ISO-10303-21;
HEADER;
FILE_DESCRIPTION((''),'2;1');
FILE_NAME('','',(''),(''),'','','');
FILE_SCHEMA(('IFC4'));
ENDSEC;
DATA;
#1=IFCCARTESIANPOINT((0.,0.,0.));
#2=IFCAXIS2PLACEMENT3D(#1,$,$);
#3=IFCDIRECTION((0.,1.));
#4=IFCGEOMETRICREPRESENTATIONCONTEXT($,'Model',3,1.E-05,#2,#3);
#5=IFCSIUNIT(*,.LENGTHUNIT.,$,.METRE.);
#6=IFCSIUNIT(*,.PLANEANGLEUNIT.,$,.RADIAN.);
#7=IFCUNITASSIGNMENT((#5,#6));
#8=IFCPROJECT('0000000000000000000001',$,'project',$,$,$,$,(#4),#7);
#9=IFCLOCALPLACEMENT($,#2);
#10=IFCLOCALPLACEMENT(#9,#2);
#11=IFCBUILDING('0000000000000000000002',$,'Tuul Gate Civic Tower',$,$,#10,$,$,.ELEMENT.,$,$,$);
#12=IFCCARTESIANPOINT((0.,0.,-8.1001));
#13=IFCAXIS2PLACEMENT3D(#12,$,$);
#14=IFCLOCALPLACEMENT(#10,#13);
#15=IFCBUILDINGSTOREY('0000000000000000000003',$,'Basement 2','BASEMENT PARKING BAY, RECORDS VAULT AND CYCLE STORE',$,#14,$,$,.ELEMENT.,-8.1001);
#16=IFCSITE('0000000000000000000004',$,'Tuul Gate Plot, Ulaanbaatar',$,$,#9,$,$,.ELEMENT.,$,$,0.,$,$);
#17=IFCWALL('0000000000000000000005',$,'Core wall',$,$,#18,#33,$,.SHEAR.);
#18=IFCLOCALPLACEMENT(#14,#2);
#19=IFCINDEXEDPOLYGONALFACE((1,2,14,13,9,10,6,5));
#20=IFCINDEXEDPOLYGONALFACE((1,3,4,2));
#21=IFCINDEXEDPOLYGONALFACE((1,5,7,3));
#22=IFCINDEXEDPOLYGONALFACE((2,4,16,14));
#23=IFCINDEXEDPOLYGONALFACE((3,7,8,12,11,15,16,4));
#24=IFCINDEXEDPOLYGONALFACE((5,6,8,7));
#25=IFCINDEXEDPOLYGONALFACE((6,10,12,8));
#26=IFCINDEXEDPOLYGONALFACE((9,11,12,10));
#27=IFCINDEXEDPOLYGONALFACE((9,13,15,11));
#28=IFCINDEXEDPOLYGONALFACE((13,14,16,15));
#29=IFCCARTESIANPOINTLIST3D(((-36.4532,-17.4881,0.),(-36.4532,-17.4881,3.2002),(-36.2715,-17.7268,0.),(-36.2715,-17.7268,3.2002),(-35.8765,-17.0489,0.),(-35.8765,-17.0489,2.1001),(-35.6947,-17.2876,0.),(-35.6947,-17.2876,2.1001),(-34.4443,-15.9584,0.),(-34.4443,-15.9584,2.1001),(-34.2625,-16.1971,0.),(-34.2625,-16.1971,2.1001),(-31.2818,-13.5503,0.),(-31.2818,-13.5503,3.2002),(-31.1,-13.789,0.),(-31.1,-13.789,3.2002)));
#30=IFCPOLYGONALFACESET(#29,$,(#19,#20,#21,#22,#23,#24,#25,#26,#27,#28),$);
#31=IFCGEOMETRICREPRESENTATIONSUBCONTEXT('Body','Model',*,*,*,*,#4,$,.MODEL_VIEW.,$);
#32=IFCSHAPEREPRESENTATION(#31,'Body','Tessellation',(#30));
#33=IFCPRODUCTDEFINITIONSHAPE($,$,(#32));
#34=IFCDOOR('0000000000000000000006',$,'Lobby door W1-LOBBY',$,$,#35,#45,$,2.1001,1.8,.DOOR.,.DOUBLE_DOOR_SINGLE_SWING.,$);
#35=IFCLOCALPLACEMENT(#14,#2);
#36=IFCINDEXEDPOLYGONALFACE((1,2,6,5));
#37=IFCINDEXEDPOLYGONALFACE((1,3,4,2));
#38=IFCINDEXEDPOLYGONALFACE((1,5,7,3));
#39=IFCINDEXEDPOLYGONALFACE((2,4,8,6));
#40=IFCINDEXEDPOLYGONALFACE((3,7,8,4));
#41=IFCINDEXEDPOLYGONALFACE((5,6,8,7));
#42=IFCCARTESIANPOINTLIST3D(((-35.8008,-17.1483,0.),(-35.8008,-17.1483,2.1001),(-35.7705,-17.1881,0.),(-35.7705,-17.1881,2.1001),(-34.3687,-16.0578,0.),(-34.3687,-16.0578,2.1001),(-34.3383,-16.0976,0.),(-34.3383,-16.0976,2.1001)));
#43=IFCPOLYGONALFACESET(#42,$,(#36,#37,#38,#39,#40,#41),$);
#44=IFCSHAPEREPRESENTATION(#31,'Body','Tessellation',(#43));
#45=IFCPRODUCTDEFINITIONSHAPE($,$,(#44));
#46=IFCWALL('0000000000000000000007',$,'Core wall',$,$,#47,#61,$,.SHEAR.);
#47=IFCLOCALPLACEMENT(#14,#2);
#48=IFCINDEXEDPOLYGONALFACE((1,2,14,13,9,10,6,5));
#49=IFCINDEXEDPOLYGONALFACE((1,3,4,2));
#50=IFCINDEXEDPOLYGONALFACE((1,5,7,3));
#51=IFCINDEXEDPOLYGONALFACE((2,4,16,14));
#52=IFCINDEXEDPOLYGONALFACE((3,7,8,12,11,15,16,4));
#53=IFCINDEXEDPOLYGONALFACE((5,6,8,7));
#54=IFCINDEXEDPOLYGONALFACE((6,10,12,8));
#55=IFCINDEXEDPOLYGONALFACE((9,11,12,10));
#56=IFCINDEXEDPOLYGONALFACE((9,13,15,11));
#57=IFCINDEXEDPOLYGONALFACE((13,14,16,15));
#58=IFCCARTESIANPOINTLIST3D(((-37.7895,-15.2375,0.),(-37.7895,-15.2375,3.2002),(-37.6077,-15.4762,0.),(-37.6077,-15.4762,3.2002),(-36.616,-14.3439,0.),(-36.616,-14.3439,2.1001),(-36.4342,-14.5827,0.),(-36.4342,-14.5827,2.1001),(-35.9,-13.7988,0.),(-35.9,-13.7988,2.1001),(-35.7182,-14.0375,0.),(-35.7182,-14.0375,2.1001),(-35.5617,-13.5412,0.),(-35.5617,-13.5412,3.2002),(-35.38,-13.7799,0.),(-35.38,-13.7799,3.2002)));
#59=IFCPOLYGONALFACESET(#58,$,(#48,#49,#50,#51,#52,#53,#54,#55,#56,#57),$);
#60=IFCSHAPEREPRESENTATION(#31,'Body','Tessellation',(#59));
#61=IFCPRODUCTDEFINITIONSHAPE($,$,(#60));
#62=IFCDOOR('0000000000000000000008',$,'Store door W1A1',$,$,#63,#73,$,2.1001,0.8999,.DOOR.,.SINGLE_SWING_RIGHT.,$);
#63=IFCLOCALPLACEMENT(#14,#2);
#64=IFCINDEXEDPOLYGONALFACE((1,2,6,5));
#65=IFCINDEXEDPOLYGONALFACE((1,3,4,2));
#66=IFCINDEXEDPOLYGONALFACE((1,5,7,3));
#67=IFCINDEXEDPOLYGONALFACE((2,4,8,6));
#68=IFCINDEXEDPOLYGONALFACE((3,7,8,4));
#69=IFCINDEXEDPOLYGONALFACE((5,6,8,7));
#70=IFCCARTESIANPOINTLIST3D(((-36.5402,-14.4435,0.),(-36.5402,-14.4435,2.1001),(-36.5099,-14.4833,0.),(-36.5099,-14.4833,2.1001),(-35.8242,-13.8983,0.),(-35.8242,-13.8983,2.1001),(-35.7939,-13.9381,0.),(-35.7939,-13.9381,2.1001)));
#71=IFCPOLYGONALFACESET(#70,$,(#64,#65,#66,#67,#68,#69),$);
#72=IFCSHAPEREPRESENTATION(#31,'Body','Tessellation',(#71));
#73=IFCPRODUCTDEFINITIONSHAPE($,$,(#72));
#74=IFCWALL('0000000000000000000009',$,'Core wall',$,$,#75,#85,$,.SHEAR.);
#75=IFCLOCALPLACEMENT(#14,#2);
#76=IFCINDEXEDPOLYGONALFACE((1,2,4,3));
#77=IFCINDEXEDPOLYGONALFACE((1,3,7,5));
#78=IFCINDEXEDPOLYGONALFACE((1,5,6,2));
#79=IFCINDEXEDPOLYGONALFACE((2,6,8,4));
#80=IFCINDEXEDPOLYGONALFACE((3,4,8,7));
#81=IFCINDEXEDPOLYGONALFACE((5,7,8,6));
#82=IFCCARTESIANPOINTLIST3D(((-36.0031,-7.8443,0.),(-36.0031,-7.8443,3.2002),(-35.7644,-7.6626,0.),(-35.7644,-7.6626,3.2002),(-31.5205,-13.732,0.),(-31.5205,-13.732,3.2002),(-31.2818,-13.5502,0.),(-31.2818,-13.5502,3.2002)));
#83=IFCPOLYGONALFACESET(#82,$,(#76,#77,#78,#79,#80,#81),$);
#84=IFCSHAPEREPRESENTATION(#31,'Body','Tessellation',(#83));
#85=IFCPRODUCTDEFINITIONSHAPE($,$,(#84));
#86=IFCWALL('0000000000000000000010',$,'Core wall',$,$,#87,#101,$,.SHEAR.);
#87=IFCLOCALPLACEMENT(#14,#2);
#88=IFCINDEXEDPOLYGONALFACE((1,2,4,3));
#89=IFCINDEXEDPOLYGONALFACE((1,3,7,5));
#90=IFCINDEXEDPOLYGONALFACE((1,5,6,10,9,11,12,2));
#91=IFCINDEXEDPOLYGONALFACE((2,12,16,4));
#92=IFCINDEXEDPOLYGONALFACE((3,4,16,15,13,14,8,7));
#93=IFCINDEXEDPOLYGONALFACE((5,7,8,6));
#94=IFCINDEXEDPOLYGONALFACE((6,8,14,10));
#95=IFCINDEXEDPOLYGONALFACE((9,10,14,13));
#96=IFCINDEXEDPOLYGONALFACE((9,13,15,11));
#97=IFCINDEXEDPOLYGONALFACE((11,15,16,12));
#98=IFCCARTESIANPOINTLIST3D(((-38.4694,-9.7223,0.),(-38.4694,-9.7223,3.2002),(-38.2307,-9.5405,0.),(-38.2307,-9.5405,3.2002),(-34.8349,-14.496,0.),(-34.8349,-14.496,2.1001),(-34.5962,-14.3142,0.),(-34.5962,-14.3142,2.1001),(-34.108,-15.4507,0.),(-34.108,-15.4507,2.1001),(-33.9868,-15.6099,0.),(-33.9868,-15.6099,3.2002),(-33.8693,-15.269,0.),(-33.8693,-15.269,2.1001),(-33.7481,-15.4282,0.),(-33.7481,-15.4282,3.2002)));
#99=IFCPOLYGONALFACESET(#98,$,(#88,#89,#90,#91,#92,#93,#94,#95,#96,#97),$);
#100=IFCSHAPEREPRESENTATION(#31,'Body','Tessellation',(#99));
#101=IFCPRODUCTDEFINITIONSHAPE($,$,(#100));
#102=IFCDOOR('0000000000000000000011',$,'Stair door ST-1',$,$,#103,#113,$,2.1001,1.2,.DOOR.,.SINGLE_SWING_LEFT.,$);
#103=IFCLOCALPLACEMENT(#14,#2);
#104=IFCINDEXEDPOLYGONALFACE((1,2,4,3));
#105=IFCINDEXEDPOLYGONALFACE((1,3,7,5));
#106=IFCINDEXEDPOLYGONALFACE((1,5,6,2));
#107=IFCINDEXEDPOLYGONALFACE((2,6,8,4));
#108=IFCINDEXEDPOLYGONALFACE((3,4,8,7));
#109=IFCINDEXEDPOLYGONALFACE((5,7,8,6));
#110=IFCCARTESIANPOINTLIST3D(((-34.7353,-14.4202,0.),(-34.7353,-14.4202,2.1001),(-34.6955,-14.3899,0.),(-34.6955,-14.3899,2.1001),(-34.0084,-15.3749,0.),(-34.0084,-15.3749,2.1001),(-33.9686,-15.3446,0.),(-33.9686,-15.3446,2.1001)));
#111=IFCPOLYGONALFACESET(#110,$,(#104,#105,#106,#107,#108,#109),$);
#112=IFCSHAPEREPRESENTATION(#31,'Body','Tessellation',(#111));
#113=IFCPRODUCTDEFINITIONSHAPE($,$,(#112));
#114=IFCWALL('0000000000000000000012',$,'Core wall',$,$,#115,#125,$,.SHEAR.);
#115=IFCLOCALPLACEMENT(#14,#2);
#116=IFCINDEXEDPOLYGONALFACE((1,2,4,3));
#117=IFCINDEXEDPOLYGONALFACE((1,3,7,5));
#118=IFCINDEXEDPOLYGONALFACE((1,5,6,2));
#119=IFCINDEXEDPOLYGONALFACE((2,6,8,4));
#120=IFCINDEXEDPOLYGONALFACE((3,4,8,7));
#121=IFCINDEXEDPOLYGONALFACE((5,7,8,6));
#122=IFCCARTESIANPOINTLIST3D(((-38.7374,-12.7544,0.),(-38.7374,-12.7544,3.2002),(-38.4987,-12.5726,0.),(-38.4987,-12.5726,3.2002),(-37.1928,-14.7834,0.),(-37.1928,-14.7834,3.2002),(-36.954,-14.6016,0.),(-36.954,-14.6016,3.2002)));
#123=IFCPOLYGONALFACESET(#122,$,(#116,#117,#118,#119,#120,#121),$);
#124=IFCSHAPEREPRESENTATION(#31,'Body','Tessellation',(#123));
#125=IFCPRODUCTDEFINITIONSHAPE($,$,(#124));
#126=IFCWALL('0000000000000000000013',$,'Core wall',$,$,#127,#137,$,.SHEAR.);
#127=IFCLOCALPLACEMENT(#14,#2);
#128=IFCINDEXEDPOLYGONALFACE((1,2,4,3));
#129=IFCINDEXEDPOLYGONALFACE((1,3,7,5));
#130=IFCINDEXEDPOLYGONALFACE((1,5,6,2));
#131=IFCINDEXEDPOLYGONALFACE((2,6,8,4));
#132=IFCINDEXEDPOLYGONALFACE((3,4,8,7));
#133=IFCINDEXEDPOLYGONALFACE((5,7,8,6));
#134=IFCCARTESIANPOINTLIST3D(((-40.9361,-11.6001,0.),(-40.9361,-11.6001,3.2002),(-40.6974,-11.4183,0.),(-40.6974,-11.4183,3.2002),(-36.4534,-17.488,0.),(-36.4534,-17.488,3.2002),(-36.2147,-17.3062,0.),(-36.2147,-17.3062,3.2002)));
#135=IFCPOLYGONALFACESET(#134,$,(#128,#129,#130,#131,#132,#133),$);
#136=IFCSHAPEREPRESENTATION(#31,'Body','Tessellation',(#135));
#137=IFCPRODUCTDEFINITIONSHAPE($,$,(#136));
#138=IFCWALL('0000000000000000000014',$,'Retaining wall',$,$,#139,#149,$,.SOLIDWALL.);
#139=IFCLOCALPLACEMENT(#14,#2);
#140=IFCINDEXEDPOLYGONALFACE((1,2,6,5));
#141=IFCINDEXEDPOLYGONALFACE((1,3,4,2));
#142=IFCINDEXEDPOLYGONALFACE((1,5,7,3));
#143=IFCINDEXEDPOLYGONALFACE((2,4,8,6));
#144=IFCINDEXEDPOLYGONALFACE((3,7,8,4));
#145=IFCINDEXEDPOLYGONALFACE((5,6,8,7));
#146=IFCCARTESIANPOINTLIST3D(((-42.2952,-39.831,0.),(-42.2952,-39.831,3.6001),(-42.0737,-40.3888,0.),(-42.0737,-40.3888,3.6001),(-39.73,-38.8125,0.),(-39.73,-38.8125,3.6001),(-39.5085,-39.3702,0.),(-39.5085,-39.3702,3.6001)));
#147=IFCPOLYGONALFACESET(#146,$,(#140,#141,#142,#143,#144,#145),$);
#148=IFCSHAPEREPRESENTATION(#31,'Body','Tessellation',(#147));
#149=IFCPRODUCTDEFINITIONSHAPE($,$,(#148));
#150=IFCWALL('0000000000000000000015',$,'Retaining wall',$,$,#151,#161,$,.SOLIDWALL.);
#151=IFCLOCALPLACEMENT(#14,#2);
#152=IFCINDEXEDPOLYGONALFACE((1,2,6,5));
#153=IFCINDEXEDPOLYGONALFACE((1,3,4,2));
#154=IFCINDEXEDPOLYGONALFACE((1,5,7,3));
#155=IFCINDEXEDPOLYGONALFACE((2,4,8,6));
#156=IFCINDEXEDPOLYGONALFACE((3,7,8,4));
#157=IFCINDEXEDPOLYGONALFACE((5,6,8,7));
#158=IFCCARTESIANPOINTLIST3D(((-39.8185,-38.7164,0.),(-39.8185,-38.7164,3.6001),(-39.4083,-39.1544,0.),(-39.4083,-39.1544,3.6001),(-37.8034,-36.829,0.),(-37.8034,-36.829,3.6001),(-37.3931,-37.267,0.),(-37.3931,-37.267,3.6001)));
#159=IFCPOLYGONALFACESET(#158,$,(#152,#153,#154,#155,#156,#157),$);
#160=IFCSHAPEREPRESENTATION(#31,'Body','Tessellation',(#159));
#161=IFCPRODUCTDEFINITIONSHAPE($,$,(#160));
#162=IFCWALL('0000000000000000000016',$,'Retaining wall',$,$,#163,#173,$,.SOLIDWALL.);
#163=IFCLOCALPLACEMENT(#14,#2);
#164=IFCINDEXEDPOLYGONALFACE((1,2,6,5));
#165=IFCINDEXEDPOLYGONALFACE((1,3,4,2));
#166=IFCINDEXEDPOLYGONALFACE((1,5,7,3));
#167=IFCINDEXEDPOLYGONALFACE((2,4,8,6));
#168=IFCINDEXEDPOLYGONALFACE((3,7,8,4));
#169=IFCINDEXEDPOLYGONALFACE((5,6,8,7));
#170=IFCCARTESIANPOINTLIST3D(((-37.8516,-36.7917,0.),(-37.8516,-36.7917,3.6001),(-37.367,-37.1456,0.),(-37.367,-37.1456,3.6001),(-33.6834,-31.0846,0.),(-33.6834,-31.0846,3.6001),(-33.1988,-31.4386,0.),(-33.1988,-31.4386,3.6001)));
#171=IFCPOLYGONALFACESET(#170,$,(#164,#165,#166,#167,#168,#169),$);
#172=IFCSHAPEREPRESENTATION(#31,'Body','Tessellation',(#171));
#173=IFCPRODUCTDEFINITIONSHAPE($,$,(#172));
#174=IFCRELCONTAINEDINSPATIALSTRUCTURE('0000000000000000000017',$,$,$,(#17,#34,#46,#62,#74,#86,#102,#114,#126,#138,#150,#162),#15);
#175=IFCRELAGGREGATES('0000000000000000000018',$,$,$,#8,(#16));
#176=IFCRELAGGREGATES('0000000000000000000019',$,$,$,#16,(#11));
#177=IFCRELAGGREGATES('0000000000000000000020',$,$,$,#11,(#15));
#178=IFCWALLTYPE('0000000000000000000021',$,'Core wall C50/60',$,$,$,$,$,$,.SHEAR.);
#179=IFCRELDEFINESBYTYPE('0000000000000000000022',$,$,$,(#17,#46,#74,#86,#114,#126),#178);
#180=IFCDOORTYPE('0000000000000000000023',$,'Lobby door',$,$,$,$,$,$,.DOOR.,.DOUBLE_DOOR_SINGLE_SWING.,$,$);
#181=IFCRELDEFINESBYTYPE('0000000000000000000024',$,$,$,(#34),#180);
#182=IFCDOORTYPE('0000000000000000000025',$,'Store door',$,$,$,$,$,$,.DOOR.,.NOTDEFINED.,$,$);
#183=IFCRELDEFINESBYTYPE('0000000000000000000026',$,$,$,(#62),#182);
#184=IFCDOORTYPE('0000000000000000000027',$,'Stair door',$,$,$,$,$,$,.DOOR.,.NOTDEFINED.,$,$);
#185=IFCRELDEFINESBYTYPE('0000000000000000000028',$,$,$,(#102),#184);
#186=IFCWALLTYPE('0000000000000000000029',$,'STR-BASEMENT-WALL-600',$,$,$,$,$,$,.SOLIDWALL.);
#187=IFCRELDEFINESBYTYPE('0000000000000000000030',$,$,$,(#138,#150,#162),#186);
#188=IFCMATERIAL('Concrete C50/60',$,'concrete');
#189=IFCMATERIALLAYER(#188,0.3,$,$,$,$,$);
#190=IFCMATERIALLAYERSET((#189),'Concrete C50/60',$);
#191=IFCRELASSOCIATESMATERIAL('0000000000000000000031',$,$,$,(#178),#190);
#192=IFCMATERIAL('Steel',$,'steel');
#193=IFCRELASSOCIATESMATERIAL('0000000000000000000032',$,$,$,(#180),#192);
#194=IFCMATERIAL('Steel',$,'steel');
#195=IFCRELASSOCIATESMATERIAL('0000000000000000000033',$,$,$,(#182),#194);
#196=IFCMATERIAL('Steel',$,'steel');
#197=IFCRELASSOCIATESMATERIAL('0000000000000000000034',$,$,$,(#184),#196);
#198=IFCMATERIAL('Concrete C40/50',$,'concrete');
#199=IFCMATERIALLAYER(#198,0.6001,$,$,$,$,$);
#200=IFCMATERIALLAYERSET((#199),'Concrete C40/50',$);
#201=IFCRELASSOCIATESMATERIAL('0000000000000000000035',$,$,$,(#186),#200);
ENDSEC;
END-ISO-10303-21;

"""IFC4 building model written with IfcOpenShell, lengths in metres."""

from ifc_helpers import new_model, si_unit, direction, frame, frame_2d, origin, place, context, subcontext, project, spatial, rectangle, extrude, material, layer, layer_set, type_object, element, fill, save


model = new_model("IFC4")

# Units and contexts
model_context = context("Model", 3, precision=1e-05, world=origin(), true_north=direction((0.0, 1.0)))
body_context = subcontext(model_context, "Body", "Model", "MODEL_VIEW")
ifc_project = project(units=[si_unit("LENGTHUNIT", "METRE"), si_unit("PLANEANGLEUNIT", "RADIAN")], contexts=[model_context])

# Site, building, storey
site_placement = place(None, origin())
site = spatial("IfcSite", under=ifc_project, at=site_placement, Name="Tuul Gate Plot, Ulaanbaatar", CompositionType="ELEMENT", RefElevation=0.0)
building_placement = place(site_placement, origin())
building = spatial("IfcBuilding", under=site, at=building_placement, Name="Tuul Gate Civic Tower", CompositionType="ELEMENT")
storey_placement = place(building_placement, frame((0.0, 0.0, -8.1001)))
storey = spatial("IfcBuildingStorey", under=building, at=storey_placement, Name="Basement 2", Description="BASEMENT PARKING BAY, RECORDS VAULT AND CYCLE STORE", CompositionType="ELEMENT", Elevation=-8.1001)

# Walls, openings, doors
ifc_material_1 = material(Name="Concrete C50/60", Category="concrete")
ifc_layer_1 = layer(ifc_material_1, 0.3)
ifc_layer_set_1 = layer_set([ifc_layer_1], Name="Concrete C50/60")
wall_type_1 = type_object("IfcWallType", Name="Core wall C50/60", PredefinedType="SHEAR", material=ifc_layer_set_1)
wall_1_placement = place(storey_placement, frame((-31.1909, -13.6697, 0.0), z_axis=(0.0, 0.0, 1.0), x_axis=(-0.795607, -0.605813, 0.0)))
wall_1 = element("IfcWall", 1, at=wall_1_placement, inside=storey, type_object=wall_type_1, Name="Core wall", PredefinedType="SHEAR", context=body_context, shape_type="SweptSolid", body=[
    extrude(rectangle(XDim=6.5, YDim=0.3, at=frame_2d((3.25, 0.0))), origin(), (0.0, 0.0, 1.0), 3.2002),
])
opening_1_placement = place(wall_1_placement, frame((3.9751, 0.0, 0.0)))
opening_1 = element("IfcOpeningElement", 2, at=opening_1_placement, cuts=wall_1, PredefinedType="OPENING", context=body_context, shape_type="SweptSolid", body=[
    extrude(rectangle(XDim=1.8, YDim=2.1001, at=frame_2d((0.8999, 1.05))), frame((0.0, 0.1602, 0.0), z_axis=(0.0, -1.0, 0.0), x_axis=(1.0, 0.0, 0.0)), (0.0, 0.0, 1.0), 0.3201),
])
ifc_material_2 = material(Name="Steel", Category="steel")
door_type_1 = type_object("IfcDoorType", Name="Lobby door", OperationType="DOUBLE_DOOR_SINGLE_SWING", PredefinedType="DOOR", material=ifc_material_2)
door_1_placement = place(opening_1_placement, origin())
door_1 = element("IfcDoor", 3, at=door_1_placement, inside=storey, type_object=door_type_1, Name="Lobby door W1-LOBBY", OperationType="DOUBLE_DOOR_SINGLE_SWING", OverallHeight=2.1001, OverallWidth=1.8, PredefinedType="DOOR", context=body_context, shape_type="SweptSolid", body=[
    extrude(rectangle(XDim=1.8, YDim=2.1001, at=frame_2d((0.8999, 1.05))), frame((0.0, 0.0249, 0.0), z_axis=(0.0, -1.0, 0.0), x_axis=(1.0, 0.0, 0.0)), (0.0, 0.0, 1.0), 0.05),
])
fill(opening_1, door_1)
wall_2_placement = place(storey_placement, frame((-35.4709, -13.6606, 0.0), z_axis=(0.0, 0.0, 1.0), x_axis=(-0.795616, -0.605802, 0.0)))
wall_2 = element("IfcWall", 4, at=wall_2_placement, inside=storey, type_object=wall_type_1, Name="Core wall", PredefinedType="SHEAR", context=body_context, shape_type="SweptSolid", body=[
    extrude(rectangle(XDim=2.8, YDim=0.3, at=frame_2d((1.3999, 0.0))), origin(), (0.0, 0.0, 1.0), 3.2002),
])
opening_2_placement = place(wall_2_placement, frame((0.425, 0.0, 0.0)))
opening_2 = element("IfcOpeningElement", 5, at=opening_2_placement, cuts=wall_2, PredefinedType="OPENING", context=body_context, shape_type="SweptSolid", body=[
    extrude(rectangle(XDim=0.8999, YDim=2.1001, at=frame_2d((0.45, 1.05))), frame((0.0, 0.1602, 0.0), z_axis=(0.0, -1.0, 0.0), x_axis=(1.0, 0.0, 0.0)), (0.0, 0.0, 1.0), 0.3201),
])
ifc_material_3 = material(Name="Steel", Category="steel")
door_type_2 = type_object("IfcDoorType", Name="Store door", OperationType="NOTDEFINED", PredefinedType="DOOR", material=ifc_material_3)
door_2_placement = place(opening_2_placement, frame((0.8999, 0.0, 0.0), z_axis=(0.0, 0.0, 1.0), x_axis=(-1.0, 0.0, 0.0)))
door_2 = element("IfcDoor", 6, at=door_2_placement, inside=storey, type_object=door_type_2, Name="Store door W1A1", OperationType="SINGLE_SWING_RIGHT", OverallHeight=2.1001, OverallWidth=0.8999, PredefinedType="DOOR", context=body_context, shape_type="SweptSolid", body=[
    extrude(rectangle(XDim=0.8999, YDim=2.1001, at=frame_2d((0.45, 1.05))), frame((0.0, 0.0249, 0.0), z_axis=(0.0, -1.0, 0.0), x_axis=(1.0, 0.0, 0.0)), (0.0, 0.0, 1.0), 0.05),
])
fill(opening_2, door_2)

# Wall
wall_3_placement = place(storey_placement, frame((-31.4011, -13.6411, 0.0), z_axis=(0.0, 0.0, 1.0), x_axis=(-0.60577, 0.79564, 0.0)))
element("IfcWall", 7, at=wall_3_placement, inside=storey, type_object=wall_type_1, Name="Core wall", PredefinedType="SHEAR", context=body_context, shape_type="SweptSolid", body=[
    extrude(rectangle(XDim=7.3999, YDim=0.3, at=frame_2d((3.7, 0.0))), origin(), (0.0, 0.0, 1.0), 3.2002),
])

# Wall, opening, door
wall_4_placement = place(storey_placement, frame((-33.8674, -15.519, 0.0), z_axis=(0.0, 0.0, 1.0), x_axis=(-0.60577, 0.79564, 0.0)))
wall_4 = element("IfcWall", 8, at=wall_4_placement, inside=storey, type_object=wall_type_1, Name="Core wall", PredefinedType="SHEAR", context=body_context, shape_type="SweptSolid", body=[
    extrude(rectangle(XDim=7.3999, YDim=0.3, at=frame_2d((3.7, 0.0))), origin(), (0.0, 0.0, 1.0), 3.2002),
])
opening_3_placement = place(wall_4_placement, frame((0.2, 0.0, 0.0)))
opening_3 = element("IfcOpeningElement", 9, at=opening_3_placement, cuts=wall_4, PredefinedType="OPENING", context=body_context, shape_type="SweptSolid", body=[
    extrude(rectangle(XDim=1.2, YDim=2.1001, at=frame_2d((0.6001, 1.05))), frame((0.0, 0.1602, 0.0), z_axis=(0.0, -1.0, 0.0), x_axis=(1.0, 0.0, 0.0)), (0.0, 0.0, 1.0), 0.3201),
])
ifc_material_4 = material(Name="Steel", Category="steel")
door_type_3 = type_object("IfcDoorType", Name="Stair door", OperationType="NOTDEFINED", PredefinedType="DOOR", material=ifc_material_4)
door_3_placement = place(opening_3_placement, origin())
door_3 = element("IfcDoor", 10, at=door_3_placement, inside=storey, type_object=door_type_3, Name="Stair door ST-1", OperationType="SINGLE_SWING_LEFT", OverallHeight=2.1001, OverallWidth=1.2, PredefinedType="DOOR", context=body_context, shape_type="SweptSolid", body=[
    extrude(rectangle(XDim=1.2, YDim=2.1001, at=frame_2d((0.6001, 1.05))), frame((0.0, 0.0249, 0.0), z_axis=(0.0, -1.0, 0.0), x_axis=(1.0, 0.0, 0.0)), (0.0, 0.0, 1.0), 0.05),
])
fill(opening_3, door_3)

# Walls
wall_5_placement = place(storey_placement, frame((-37.0735, -14.6924, 0.0), z_axis=(0.0, 0.0, 1.0), x_axis=(-0.605729, 0.795671, 0.0)))
element("IfcWall", 11, at=wall_5_placement, inside=storey, type_object=wall_type_1, Name="Core wall", PredefinedType="SHEAR", context=body_context, shape_type="SweptSolid", body=[
    extrude(rectangle(XDim=2.55, YDim=0.3, at=frame_2d((1.2749, 0.0))), origin(), (0.0, 0.0, 1.0), 3.2002),
])
wall_6_placement = place(storey_placement, frame((-36.334, -17.3972, 0.0), z_axis=(0.0, 0.0, 1.0), x_axis=(-0.605754, 0.795652, 0.0)))
element("IfcWall", 12, at=wall_6_placement, inside=storey, type_object=wall_type_1, Name="Core wall", PredefinedType="SHEAR", context=body_context, shape_type="SweptSolid", body=[
    extrude(rectangle(XDim=7.4001, YDim=0.3, at=frame_2d((3.7002, 0.0))), origin(), (0.0, 0.0, 1.0), 3.2002),
])
ifc_material_5 = material(Name="Concrete C40/50", Category="concrete")
ifc_layer_2 = layer(ifc_material_5, 0.6001)
ifc_layer_set_2 = layer_set([ifc_layer_2], Name="Concrete C40/50")
wall_type_2 = type_object("IfcWallType", Name="STR-BASEMENT-WALL-600", PredefinedType="SOLIDWALL", material=ifc_layer_set_2)
wall_7_placement = place(storey_placement, frame((-42.1843, -40.1099, 0.0), z_axis=(0.0, 0.0, 1.0), x_axis=(0.929413, 0.369041, 0.0)))
element("IfcWall", 13, at=wall_7_placement, inside=storey, type_object=wall_type_2, Name="Retaining wall", PredefinedType="SOLIDWALL", context=body_context, shape_type="SweptSolid", body=[
    extrude(rectangle(XDim=2.76, YDim=0.6001, at=frame_2d((1.3799, 0.0))), origin(), (0.0, 0.0, 1.0), 3.6001),
])
wall_8_placement = place(storey_placement, frame((-39.6133, -38.9353, 0.0), z_axis=(0.0, 0.0, 1.0), x_axis=(0.729851, 0.683606, 0.0)))
element("IfcWall", 14, at=wall_8_placement, inside=storey, type_object=wall_type_2, Name="Retaining wall", PredefinedType="SOLIDWALL", context=body_context, shape_type="SweptSolid", body=[
    extrude(rectangle(XDim=2.761, YDim=0.6001, at=frame_2d((1.3804, 0.0))), origin(), (0.0, 0.0, 1.0), 3.6001),
])
wall_9_placement = place(storey_placement, frame((-37.6094, -36.9688, 0.0), z_axis=(0.0, 0.0, 1.0), x_axis=(0.589803, 0.807547, 0.0)))
element("IfcWall", 15, at=wall_9_placement, inside=storey, type_object=wall_type_2, Name="Retaining wall", PredefinedType="SOLIDWALL", context=body_context, shape_type="SweptSolid", body=[
    extrude(rectangle(XDim=7.0671, YDim=0.6001, at=frame_2d((3.5337, 0.0))), origin(), (0.0, 0.0, 1.0), 3.6001),
])

save(model, "model.ifc")
